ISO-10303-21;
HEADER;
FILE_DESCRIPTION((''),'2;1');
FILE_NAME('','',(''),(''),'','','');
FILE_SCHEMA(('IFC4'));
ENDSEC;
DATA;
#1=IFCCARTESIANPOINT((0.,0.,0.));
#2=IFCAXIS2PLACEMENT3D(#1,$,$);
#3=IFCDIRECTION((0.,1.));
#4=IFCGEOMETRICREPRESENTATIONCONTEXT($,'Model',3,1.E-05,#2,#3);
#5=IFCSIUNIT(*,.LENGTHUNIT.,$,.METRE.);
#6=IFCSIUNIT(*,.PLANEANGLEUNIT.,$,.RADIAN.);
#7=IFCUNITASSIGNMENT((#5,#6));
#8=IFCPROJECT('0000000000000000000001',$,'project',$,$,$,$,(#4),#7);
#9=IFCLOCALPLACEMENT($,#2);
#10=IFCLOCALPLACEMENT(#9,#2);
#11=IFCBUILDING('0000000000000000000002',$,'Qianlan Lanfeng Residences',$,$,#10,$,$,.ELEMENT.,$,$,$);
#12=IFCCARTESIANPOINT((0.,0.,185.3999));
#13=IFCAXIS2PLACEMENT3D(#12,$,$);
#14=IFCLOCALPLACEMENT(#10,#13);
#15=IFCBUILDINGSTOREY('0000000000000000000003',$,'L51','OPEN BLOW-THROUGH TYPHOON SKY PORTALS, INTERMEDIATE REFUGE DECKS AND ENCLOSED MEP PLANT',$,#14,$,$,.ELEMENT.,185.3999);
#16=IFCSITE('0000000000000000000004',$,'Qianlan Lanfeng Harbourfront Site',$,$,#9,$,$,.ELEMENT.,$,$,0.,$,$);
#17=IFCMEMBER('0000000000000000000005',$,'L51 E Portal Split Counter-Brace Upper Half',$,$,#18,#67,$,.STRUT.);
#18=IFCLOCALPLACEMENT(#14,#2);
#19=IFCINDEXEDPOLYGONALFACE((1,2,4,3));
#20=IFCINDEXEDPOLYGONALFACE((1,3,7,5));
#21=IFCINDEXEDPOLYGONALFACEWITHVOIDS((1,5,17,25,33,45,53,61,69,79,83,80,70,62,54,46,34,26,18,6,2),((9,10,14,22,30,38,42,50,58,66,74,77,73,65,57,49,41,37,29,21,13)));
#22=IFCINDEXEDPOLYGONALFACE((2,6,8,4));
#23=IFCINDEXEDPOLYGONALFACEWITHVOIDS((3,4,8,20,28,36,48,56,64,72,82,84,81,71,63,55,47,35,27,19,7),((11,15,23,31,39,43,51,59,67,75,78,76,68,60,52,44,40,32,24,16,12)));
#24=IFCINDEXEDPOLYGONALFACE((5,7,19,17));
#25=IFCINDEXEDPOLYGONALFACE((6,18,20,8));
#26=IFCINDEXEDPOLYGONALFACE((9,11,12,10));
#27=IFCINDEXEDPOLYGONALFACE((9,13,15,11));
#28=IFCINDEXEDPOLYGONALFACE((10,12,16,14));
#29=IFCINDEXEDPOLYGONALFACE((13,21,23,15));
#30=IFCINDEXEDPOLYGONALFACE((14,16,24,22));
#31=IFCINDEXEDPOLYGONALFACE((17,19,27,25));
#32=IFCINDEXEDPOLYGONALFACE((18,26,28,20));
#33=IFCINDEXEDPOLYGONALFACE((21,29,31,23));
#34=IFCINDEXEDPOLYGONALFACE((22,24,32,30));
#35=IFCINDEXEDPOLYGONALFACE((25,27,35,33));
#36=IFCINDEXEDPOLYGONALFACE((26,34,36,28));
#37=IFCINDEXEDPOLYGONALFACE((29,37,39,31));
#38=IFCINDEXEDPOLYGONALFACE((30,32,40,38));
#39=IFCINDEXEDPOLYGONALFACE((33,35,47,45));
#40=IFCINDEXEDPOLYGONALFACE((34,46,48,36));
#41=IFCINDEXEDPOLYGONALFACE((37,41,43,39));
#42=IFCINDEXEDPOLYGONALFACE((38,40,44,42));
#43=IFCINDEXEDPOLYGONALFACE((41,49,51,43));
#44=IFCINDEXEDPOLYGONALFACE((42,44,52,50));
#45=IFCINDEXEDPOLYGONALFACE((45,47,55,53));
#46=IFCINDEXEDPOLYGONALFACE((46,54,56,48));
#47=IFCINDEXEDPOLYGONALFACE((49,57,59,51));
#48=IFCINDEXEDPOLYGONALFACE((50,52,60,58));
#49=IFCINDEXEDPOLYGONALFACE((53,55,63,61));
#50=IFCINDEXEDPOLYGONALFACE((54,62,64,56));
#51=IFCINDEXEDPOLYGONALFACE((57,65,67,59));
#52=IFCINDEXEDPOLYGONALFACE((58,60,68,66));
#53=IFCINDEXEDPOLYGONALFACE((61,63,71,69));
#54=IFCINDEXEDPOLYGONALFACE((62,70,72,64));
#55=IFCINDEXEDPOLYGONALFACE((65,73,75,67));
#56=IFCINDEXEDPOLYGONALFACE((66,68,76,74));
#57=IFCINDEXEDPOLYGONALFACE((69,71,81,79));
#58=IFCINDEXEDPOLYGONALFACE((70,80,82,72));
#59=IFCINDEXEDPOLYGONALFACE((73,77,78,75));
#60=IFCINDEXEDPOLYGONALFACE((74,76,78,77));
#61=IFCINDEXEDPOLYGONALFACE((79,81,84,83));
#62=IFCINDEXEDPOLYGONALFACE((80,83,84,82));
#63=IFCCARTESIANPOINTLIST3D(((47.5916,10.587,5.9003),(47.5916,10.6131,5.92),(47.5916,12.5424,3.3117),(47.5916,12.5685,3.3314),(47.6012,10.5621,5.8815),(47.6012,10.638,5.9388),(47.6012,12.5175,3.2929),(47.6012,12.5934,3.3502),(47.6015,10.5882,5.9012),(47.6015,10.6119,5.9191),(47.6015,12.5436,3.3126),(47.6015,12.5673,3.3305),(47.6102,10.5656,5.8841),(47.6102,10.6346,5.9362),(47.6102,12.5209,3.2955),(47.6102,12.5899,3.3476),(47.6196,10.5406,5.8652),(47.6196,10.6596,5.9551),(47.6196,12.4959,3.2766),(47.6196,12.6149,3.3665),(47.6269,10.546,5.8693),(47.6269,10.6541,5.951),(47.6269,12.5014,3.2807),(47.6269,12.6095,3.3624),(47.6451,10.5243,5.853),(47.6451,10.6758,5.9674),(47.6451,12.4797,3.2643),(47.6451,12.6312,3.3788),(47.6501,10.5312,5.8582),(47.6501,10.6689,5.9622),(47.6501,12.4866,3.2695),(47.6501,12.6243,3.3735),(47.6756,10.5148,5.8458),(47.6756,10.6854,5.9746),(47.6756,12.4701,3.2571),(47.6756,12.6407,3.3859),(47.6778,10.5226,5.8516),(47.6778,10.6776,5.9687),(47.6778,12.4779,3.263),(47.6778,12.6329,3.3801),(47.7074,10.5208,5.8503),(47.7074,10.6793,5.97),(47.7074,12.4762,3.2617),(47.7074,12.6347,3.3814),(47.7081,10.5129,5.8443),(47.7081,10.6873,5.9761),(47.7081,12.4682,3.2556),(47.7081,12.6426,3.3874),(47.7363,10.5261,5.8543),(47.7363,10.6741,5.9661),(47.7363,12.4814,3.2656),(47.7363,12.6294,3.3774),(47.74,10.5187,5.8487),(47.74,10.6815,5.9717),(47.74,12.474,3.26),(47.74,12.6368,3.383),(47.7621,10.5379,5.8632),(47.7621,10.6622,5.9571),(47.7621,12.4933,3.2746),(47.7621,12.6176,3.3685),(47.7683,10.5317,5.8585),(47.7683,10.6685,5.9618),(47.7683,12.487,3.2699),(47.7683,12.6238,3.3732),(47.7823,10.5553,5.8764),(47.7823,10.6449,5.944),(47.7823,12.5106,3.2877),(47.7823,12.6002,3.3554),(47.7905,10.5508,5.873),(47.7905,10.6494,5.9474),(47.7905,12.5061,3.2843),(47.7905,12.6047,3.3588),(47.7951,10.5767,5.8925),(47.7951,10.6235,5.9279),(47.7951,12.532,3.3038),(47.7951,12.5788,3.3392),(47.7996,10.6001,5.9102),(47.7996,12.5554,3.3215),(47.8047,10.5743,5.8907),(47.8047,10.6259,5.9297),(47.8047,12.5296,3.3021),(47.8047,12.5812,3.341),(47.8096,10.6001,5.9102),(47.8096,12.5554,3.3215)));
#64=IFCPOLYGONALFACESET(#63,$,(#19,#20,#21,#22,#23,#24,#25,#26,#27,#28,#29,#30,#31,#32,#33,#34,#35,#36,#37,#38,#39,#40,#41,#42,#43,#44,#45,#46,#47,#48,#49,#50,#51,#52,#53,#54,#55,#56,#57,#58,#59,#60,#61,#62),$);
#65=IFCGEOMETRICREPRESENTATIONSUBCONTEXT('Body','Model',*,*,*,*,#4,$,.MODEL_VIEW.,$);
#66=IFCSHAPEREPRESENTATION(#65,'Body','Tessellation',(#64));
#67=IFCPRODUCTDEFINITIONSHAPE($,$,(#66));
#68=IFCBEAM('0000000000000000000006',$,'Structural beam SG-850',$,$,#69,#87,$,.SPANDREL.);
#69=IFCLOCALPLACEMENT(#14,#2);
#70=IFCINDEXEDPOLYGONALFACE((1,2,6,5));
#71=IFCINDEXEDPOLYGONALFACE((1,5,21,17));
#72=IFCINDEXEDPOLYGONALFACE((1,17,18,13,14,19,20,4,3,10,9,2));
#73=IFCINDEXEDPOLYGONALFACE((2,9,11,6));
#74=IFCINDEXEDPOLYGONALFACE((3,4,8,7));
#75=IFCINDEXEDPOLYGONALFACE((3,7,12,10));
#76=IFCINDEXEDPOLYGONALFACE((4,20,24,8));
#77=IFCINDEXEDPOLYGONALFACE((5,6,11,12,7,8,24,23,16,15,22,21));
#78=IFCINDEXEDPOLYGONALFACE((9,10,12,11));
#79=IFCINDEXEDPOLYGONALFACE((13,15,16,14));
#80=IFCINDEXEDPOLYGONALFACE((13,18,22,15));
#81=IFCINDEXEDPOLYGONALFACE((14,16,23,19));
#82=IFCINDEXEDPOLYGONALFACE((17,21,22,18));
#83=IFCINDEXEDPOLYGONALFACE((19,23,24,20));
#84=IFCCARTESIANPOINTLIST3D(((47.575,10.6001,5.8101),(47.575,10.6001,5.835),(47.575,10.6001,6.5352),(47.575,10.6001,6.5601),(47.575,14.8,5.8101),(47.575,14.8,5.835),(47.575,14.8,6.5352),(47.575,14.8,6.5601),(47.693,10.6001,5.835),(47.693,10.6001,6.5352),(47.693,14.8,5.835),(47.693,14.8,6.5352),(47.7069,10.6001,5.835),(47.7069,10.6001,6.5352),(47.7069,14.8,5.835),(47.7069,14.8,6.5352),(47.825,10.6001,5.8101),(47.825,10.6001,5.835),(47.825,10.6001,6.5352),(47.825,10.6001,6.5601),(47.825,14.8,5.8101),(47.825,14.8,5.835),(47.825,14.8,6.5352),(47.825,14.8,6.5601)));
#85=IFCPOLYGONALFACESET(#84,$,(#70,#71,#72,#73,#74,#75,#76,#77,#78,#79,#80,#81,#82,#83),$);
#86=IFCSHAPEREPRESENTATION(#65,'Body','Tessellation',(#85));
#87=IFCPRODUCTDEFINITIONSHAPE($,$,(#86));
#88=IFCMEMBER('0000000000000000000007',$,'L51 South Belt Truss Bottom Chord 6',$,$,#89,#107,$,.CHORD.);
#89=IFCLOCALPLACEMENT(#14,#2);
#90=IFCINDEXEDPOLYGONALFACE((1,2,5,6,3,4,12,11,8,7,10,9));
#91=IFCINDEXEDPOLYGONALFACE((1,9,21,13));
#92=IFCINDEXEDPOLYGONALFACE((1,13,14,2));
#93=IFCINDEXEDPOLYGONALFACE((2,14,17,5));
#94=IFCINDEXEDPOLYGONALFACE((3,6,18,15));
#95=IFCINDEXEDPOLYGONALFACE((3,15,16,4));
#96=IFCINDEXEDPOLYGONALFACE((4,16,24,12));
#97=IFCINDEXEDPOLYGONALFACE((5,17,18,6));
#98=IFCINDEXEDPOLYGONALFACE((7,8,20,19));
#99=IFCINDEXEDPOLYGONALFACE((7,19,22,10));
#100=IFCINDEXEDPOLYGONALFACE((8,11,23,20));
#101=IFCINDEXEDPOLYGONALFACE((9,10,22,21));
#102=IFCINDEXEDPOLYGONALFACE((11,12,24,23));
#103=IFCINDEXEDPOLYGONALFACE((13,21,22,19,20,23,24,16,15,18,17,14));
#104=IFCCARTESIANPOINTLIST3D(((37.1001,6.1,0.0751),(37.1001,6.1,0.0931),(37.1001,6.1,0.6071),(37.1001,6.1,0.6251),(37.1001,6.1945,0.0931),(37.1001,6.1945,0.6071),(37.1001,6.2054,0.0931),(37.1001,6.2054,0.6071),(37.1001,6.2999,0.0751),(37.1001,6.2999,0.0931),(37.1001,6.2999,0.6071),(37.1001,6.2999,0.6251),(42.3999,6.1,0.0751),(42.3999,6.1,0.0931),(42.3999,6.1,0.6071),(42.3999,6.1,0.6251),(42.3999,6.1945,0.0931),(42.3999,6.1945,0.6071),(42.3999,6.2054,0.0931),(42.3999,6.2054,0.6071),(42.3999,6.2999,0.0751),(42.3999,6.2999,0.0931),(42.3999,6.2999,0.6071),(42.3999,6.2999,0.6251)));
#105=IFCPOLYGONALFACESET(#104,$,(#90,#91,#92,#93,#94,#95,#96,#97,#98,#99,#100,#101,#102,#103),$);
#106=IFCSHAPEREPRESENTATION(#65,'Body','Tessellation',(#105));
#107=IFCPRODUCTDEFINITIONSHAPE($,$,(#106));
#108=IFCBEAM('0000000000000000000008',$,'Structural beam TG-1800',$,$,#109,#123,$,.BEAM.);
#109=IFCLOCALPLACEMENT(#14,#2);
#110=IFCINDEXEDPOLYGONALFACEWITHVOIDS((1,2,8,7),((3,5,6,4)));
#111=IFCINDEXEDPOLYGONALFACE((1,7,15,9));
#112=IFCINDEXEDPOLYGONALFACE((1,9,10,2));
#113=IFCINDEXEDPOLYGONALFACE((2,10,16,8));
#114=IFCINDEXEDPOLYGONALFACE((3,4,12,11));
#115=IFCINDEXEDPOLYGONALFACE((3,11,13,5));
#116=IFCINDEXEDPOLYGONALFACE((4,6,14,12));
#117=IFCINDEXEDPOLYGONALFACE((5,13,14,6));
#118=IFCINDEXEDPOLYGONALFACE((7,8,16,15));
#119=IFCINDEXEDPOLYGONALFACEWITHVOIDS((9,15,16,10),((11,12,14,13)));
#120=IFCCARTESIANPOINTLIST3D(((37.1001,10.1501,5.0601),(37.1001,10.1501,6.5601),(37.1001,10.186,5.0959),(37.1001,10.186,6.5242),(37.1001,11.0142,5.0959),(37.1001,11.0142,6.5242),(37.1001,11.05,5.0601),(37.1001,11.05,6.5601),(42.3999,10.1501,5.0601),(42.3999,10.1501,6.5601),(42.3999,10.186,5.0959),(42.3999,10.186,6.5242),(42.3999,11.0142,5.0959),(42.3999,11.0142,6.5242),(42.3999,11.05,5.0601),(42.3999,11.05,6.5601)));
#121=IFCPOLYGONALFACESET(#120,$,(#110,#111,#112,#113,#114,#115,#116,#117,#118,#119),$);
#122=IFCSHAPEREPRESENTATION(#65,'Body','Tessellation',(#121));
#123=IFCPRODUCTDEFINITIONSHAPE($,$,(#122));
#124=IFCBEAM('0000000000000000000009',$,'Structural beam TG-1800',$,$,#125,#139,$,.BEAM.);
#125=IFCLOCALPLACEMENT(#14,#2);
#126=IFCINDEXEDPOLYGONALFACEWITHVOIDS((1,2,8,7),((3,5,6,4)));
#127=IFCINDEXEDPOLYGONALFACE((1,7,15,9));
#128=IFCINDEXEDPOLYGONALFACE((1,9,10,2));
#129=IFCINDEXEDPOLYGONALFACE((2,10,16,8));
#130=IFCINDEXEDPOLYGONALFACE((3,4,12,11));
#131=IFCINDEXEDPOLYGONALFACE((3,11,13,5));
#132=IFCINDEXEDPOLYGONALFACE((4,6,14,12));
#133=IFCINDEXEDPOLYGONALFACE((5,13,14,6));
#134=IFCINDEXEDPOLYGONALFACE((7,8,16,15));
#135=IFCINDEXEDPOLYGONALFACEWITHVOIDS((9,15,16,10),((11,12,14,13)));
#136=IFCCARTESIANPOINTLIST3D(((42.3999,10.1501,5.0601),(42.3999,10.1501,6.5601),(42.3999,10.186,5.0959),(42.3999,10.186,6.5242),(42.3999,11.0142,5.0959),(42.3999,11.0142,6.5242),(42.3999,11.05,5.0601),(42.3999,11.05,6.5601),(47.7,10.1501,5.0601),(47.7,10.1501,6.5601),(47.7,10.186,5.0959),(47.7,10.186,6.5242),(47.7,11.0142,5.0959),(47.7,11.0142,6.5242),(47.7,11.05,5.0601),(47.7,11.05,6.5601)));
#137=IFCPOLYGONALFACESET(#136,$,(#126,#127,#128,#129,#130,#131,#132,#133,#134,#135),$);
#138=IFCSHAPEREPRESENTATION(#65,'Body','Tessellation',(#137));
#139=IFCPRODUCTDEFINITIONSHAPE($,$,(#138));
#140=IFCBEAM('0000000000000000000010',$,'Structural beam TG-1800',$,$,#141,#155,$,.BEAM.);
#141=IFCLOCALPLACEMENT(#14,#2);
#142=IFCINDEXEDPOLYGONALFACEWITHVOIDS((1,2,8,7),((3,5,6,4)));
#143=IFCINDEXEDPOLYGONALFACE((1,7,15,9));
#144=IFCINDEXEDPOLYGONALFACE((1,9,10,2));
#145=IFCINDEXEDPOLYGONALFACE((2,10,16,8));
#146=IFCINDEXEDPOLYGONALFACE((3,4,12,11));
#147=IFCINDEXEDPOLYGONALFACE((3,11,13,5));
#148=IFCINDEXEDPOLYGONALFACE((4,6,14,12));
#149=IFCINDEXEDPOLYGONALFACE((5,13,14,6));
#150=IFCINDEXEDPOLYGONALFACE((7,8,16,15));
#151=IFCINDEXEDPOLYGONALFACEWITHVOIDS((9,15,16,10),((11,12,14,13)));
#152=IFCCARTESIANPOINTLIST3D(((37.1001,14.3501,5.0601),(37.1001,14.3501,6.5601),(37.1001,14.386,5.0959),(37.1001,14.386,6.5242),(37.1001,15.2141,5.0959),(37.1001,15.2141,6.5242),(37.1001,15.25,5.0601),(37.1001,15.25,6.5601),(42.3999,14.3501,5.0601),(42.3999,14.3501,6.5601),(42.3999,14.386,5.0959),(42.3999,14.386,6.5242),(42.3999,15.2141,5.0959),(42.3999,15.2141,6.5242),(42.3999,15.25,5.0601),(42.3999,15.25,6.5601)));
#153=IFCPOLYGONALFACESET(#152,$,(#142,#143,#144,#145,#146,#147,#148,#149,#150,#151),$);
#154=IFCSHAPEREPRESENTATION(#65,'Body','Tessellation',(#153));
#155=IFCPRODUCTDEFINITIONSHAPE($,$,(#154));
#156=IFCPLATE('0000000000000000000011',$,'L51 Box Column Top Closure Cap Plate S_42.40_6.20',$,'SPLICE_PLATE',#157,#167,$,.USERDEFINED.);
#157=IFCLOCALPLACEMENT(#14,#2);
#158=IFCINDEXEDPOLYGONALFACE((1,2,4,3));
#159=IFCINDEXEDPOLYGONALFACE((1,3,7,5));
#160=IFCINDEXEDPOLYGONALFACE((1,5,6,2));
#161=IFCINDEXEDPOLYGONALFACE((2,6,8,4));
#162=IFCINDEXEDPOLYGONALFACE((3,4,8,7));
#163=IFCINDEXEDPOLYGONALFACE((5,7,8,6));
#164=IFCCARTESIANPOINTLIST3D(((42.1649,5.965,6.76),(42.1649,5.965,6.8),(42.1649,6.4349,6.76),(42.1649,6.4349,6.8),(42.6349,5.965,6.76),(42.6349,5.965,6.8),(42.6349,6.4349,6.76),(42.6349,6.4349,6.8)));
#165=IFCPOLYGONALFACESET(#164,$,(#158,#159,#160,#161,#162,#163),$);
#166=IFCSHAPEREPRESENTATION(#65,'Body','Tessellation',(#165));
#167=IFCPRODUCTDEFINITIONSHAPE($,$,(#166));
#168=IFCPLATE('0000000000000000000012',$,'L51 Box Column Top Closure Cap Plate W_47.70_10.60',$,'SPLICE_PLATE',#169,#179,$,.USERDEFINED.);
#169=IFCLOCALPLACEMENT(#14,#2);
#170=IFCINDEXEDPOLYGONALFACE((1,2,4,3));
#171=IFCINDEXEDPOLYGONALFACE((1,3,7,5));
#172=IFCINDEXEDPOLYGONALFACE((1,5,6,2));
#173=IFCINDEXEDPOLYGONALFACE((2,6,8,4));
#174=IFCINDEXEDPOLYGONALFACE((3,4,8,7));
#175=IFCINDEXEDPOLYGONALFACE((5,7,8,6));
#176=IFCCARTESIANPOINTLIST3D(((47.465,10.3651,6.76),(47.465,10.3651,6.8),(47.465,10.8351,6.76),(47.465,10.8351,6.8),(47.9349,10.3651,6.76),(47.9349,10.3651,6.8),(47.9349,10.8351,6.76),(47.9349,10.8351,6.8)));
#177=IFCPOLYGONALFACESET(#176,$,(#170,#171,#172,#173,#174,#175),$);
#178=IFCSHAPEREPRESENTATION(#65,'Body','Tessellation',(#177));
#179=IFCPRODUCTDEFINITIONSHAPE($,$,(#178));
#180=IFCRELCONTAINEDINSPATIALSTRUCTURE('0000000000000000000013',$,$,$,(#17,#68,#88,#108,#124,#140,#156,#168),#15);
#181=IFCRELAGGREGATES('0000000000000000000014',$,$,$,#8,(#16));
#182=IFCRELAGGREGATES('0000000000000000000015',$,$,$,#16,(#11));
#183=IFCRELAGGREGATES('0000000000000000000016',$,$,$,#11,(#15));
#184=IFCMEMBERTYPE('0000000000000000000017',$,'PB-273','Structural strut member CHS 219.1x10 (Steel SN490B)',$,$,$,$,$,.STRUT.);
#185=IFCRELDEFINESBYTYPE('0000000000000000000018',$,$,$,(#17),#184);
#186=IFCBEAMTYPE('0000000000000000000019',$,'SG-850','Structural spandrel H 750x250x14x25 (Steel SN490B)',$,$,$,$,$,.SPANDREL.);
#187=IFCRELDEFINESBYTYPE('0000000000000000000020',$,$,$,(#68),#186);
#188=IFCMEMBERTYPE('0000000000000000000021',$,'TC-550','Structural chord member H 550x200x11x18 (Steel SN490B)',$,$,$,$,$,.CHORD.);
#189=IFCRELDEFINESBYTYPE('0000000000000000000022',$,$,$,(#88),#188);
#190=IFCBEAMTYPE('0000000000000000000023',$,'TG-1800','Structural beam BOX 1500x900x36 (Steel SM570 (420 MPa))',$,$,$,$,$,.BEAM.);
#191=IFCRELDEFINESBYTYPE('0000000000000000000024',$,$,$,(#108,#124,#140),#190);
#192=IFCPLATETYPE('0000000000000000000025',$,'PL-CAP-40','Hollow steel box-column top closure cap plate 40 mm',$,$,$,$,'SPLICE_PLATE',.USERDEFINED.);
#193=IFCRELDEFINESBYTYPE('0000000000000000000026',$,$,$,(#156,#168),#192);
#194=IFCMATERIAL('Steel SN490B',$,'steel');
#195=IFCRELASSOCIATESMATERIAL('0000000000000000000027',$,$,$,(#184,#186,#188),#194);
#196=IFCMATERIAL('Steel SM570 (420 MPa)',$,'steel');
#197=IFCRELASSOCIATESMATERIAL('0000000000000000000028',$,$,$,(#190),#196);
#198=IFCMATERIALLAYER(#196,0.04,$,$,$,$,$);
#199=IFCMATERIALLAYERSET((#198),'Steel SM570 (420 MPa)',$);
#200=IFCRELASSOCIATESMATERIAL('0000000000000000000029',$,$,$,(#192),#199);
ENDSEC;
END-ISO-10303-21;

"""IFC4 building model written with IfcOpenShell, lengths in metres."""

from ifc_helpers import new_model, si_unit, direction, frame, origin, origin_2d, place, context, subcontext, project, spatial, rectangle, hollow_rectangle, hollow_circle, i_section, extrude, source, transform, mapped, material, layer, layer_set, material_profile, profile_set, type_object, element, save


model = new_model("IFC4")

# Units and contexts
model_context = context("Model", 3, precision=1e-05, world=origin(), true_north=direction((0.0, 1.0)))
body_context = subcontext(model_context, "Body", "Model", "MODEL_VIEW")
ifc_project = project(units=[si_unit("LENGTHUNIT", "METRE"), si_unit("PLANEANGLEUNIT", "RADIAN")], contexts=[model_context])

# Site, building, storey
site_placement = place(None, origin())
site = spatial("IfcSite", under=ifc_project, at=site_placement, Name="Qianlan Lanfeng Harbourfront Site", CompositionType="ELEMENT", RefElevation=0.0)
building_placement = place(site_placement, origin())
building = spatial("IfcBuilding", under=site, at=building_placement, Name="Qianlan Lanfeng Residences", CompositionType="ELEMENT")
storey_placement = place(building_placement, frame((0.0, 0.0, 185.3999)))
storey = spatial("IfcBuildingStorey", under=building, at=storey_placement, Name="L51", Description="OPEN BLOW-THROUGH TYPHOON SKY PORTALS, INTERMEDIATE REFUGE DECKS AND ENCLOSED MEP PLANT", CompositionType="ELEMENT", Elevation=185.3999)

# Shared definitions
ifc_material_1 = material(Name="Steel SN490B", Category="steel")

# Member
ifc_material_profile_1 = material_profile(ifc_material_1, hollow_circle(Radius=0.1096, WallThickness=0.01, at=origin_2d()), Name="CHS 219.1x10")
ifc_profile_set_1 = profile_set([ifc_material_profile_1], Name="Steel SN490B")
member_type_1 = type_object("IfcMemberType", Name="PB-273", Description="Structural strut member CHS 219.1x10 (Steel SN490B)", PredefinedType="STRUT", material=ifc_profile_set_1)
member_1_placement = place(storey_placement, frame((47.7, 12.5554, 3.3215), z_axis=(0.0, -0.60273, 0.797945), x_axis=(1.0, 0.0, 0.0)))
element("IfcMember", 1, at=member_1_placement, inside=storey, type_object=member_type_1, Name="L51 E Portal Split Counter-Brace Upper Half", PredefinedType="STRUT", context=body_context, shape_type="SweptSolid", body=[
    extrude(hollow_circle(Radius=0.1096, WallThickness=0.01, at=origin_2d()), origin(), (0.0, 0.0, 1.0), 3.2441),
])

# Beam
ifc_material_profile_2 = material_profile(ifc_material_1, i_section(OverallWidth=0.25, OverallDepth=0.75, WebThickness=0.0139, FlangeThickness=0.0249, at=origin_2d()), Name="H 750x250x14x25")
ifc_profile_set_2 = profile_set([ifc_material_profile_2], Name="Steel SN490B")
beam_type_1 = type_object("IfcBeamType", Name="SG-850", Description="Structural spandrel H 750x250x14x25 (Steel SN490B)", PredefinedType="SPANDREL", material=ifc_profile_set_2)
beam_1_placement = place(storey_placement, frame((47.7, 10.6001, 6.1851), z_axis=(0.0, 1.0, 0.0), x_axis=(-1.0, 0.0, 0.0)))
element("IfcBeam", 2, at=beam_1_placement, inside=storey, type_object=beam_type_1, Name="Structural beam SG-850", PredefinedType="SPANDREL", context=body_context, shape_type="SweptSolid", body=[
    extrude(i_section(OverallWidth=0.25, OverallDepth=0.75, WebThickness=0.0139, FlangeThickness=0.0249, at=origin_2d()), origin(), (0.0, 0.0, 1.0), 4.2),
])

# Member
ifc_material_profile_3 = material_profile(ifc_material_1, i_section(OverallWidth=0.2, OverallDepth=0.55, WebThickness=0.011, FlangeThickness=0.0181, at=origin_2d()), Name="H 550x200x11x18")
ifc_profile_set_3 = profile_set([ifc_material_profile_3], Name="Steel SN490B")
member_type_2 = type_object("IfcMemberType", Name="TC-550", Description="Structural chord member H 550x200x11x18 (Steel SN490B)", PredefinedType="CHORD", material=ifc_profile_set_3)
member_2_placement = place(storey_placement, frame((37.1001, 6.2, 0.3501), z_axis=(1.0, 0.0, 0.0), x_axis=(0.0, 1.0, 0.0)))
element("IfcMember", 3, at=member_2_placement, inside=storey, type_object=member_type_2, Name="L51 South Belt Truss Bottom Chord 6", PredefinedType="CHORD", context=body_context, shape_type="SweptSolid", body=[
    extrude(i_section(OverallWidth=0.2, OverallDepth=0.55, WebThickness=0.011, FlangeThickness=0.0181, at=origin_2d()), origin(), (0.0, 0.0, 1.0), 5.2998),
])

# Beams
ifc_material_2 = material(Name="Steel SM570 (420 MPa)", Category="steel")
ifc_material_profile_4 = material_profile(ifc_material_2, hollow_rectangle(XDim=0.8999, YDim=1.5, WallThickness=0.0359, at=origin_2d()), Name="BOX 1500x900x36")
ifc_profile_set_4 = profile_set([ifc_material_profile_4], Name="Steel SM570 (420 MPa)")
beam_type_2 = type_object("IfcBeamType", Name="TG-1800", Description="Structural beam BOX 1500x900x36 (Steel SM570 (420 MPa))", PredefinedType="BEAM", material=ifc_profile_set_4)
beam_2_placement = place(storey_placement, frame((37.1001, 10.6001, 5.8101), z_axis=(1.0, 0.0, 0.0), x_axis=(0.0, 1.0, 0.0)))
element("IfcBeam", 4, at=beam_2_placement, inside=storey, type_object=beam_type_2, Name="Structural beam TG-1800", PredefinedType="BEAM", context=body_context, shape_type="SweptSolid", body=[
    extrude(hollow_rectangle(XDim=0.8999, YDim=1.5, WallThickness=0.0359, at=origin_2d()), origin(), (0.0, 0.0, 1.0), 5.2998),
])
beam_3_placement = place(storey_placement, frame((42.3999, 10.6001, 5.8101), z_axis=(1.0, 0.0, 0.0), x_axis=(0.0, 1.0, 0.0)))
element("IfcBeam", 5, at=beam_3_placement, inside=storey, type_object=beam_type_2, Name="Structural beam TG-1800", PredefinedType="BEAM", context=body_context, shape_type="SweptSolid", body=[
    extrude(hollow_rectangle(XDim=0.8999, YDim=1.5, WallThickness=0.0359, at=origin_2d()), origin(), (0.0, 0.0, 1.0), 5.3),
])
beam_4_placement = place(storey_placement, frame((37.1001, 14.8, 5.8101), z_axis=(1.0, 0.0, 0.0), x_axis=(0.0, 1.0, 0.0)))
element("IfcBeam", 6, at=beam_4_placement, inside=storey, type_object=beam_type_2, Name="Structural beam TG-1800", PredefinedType="BEAM", context=body_context, shape_type="SweptSolid", body=[
    extrude(hollow_rectangle(XDim=0.8999, YDim=1.5, WallThickness=0.0359, at=origin_2d()), origin(), (0.0, 0.0, 1.0), 5.2998),
])

# Plates
ifc_layer_1 = layer(ifc_material_2, 0.04)
ifc_layer_set_1 = layer_set([ifc_layer_1], Name="Steel SM570 (420 MPa)")
plate_type_1 = type_object("IfcPlateType", Name="PL-CAP-40", Description="Hollow steel box-column top closure cap plate 40 mm", ElementType="SPLICE_PLATE", PredefinedType="USERDEFINED", material=ifc_layer_set_1)
shared_shape_1 = source(origin(), body_context, "Body", "SweptSolid", [
    extrude(rectangle(XDim=0.47, YDim=0.47, at=origin_2d()), origin(), (0.0, 0.0, 1.0), 0.04),
])
for number, where, z_axis, x_axis, name in (
    (7, (42.3999, 6.2, 6.76), (0.0, 0.0, 1.0), (1.0, 0.0, 0.0), "L51 Box Column Top Closure Cap Plate S_42.40_6.20"),
    (8, (47.7, 10.6001, 6.76), (0.0, 0.0, 1.0), (1.0, 0.0, 0.0), "L51 Box Column Top Closure Cap Plate W_47.70_10.60"),
):
    element("IfcPlate", number, at=place(storey_placement, frame(where, z_axis=z_axis, x_axis=x_axis)), inside=storey, type_object=plate_type_1, Name=name, ObjectType="SPLICE_PLATE", PredefinedType="USERDEFINED", context=body_context, shape_type="MappedRepresentation", body=[
        mapped(shared_shape_1, transform((0.0, 0.0, 0.0), scale=1.0)),
    ])

save(model, "model.ifc")
